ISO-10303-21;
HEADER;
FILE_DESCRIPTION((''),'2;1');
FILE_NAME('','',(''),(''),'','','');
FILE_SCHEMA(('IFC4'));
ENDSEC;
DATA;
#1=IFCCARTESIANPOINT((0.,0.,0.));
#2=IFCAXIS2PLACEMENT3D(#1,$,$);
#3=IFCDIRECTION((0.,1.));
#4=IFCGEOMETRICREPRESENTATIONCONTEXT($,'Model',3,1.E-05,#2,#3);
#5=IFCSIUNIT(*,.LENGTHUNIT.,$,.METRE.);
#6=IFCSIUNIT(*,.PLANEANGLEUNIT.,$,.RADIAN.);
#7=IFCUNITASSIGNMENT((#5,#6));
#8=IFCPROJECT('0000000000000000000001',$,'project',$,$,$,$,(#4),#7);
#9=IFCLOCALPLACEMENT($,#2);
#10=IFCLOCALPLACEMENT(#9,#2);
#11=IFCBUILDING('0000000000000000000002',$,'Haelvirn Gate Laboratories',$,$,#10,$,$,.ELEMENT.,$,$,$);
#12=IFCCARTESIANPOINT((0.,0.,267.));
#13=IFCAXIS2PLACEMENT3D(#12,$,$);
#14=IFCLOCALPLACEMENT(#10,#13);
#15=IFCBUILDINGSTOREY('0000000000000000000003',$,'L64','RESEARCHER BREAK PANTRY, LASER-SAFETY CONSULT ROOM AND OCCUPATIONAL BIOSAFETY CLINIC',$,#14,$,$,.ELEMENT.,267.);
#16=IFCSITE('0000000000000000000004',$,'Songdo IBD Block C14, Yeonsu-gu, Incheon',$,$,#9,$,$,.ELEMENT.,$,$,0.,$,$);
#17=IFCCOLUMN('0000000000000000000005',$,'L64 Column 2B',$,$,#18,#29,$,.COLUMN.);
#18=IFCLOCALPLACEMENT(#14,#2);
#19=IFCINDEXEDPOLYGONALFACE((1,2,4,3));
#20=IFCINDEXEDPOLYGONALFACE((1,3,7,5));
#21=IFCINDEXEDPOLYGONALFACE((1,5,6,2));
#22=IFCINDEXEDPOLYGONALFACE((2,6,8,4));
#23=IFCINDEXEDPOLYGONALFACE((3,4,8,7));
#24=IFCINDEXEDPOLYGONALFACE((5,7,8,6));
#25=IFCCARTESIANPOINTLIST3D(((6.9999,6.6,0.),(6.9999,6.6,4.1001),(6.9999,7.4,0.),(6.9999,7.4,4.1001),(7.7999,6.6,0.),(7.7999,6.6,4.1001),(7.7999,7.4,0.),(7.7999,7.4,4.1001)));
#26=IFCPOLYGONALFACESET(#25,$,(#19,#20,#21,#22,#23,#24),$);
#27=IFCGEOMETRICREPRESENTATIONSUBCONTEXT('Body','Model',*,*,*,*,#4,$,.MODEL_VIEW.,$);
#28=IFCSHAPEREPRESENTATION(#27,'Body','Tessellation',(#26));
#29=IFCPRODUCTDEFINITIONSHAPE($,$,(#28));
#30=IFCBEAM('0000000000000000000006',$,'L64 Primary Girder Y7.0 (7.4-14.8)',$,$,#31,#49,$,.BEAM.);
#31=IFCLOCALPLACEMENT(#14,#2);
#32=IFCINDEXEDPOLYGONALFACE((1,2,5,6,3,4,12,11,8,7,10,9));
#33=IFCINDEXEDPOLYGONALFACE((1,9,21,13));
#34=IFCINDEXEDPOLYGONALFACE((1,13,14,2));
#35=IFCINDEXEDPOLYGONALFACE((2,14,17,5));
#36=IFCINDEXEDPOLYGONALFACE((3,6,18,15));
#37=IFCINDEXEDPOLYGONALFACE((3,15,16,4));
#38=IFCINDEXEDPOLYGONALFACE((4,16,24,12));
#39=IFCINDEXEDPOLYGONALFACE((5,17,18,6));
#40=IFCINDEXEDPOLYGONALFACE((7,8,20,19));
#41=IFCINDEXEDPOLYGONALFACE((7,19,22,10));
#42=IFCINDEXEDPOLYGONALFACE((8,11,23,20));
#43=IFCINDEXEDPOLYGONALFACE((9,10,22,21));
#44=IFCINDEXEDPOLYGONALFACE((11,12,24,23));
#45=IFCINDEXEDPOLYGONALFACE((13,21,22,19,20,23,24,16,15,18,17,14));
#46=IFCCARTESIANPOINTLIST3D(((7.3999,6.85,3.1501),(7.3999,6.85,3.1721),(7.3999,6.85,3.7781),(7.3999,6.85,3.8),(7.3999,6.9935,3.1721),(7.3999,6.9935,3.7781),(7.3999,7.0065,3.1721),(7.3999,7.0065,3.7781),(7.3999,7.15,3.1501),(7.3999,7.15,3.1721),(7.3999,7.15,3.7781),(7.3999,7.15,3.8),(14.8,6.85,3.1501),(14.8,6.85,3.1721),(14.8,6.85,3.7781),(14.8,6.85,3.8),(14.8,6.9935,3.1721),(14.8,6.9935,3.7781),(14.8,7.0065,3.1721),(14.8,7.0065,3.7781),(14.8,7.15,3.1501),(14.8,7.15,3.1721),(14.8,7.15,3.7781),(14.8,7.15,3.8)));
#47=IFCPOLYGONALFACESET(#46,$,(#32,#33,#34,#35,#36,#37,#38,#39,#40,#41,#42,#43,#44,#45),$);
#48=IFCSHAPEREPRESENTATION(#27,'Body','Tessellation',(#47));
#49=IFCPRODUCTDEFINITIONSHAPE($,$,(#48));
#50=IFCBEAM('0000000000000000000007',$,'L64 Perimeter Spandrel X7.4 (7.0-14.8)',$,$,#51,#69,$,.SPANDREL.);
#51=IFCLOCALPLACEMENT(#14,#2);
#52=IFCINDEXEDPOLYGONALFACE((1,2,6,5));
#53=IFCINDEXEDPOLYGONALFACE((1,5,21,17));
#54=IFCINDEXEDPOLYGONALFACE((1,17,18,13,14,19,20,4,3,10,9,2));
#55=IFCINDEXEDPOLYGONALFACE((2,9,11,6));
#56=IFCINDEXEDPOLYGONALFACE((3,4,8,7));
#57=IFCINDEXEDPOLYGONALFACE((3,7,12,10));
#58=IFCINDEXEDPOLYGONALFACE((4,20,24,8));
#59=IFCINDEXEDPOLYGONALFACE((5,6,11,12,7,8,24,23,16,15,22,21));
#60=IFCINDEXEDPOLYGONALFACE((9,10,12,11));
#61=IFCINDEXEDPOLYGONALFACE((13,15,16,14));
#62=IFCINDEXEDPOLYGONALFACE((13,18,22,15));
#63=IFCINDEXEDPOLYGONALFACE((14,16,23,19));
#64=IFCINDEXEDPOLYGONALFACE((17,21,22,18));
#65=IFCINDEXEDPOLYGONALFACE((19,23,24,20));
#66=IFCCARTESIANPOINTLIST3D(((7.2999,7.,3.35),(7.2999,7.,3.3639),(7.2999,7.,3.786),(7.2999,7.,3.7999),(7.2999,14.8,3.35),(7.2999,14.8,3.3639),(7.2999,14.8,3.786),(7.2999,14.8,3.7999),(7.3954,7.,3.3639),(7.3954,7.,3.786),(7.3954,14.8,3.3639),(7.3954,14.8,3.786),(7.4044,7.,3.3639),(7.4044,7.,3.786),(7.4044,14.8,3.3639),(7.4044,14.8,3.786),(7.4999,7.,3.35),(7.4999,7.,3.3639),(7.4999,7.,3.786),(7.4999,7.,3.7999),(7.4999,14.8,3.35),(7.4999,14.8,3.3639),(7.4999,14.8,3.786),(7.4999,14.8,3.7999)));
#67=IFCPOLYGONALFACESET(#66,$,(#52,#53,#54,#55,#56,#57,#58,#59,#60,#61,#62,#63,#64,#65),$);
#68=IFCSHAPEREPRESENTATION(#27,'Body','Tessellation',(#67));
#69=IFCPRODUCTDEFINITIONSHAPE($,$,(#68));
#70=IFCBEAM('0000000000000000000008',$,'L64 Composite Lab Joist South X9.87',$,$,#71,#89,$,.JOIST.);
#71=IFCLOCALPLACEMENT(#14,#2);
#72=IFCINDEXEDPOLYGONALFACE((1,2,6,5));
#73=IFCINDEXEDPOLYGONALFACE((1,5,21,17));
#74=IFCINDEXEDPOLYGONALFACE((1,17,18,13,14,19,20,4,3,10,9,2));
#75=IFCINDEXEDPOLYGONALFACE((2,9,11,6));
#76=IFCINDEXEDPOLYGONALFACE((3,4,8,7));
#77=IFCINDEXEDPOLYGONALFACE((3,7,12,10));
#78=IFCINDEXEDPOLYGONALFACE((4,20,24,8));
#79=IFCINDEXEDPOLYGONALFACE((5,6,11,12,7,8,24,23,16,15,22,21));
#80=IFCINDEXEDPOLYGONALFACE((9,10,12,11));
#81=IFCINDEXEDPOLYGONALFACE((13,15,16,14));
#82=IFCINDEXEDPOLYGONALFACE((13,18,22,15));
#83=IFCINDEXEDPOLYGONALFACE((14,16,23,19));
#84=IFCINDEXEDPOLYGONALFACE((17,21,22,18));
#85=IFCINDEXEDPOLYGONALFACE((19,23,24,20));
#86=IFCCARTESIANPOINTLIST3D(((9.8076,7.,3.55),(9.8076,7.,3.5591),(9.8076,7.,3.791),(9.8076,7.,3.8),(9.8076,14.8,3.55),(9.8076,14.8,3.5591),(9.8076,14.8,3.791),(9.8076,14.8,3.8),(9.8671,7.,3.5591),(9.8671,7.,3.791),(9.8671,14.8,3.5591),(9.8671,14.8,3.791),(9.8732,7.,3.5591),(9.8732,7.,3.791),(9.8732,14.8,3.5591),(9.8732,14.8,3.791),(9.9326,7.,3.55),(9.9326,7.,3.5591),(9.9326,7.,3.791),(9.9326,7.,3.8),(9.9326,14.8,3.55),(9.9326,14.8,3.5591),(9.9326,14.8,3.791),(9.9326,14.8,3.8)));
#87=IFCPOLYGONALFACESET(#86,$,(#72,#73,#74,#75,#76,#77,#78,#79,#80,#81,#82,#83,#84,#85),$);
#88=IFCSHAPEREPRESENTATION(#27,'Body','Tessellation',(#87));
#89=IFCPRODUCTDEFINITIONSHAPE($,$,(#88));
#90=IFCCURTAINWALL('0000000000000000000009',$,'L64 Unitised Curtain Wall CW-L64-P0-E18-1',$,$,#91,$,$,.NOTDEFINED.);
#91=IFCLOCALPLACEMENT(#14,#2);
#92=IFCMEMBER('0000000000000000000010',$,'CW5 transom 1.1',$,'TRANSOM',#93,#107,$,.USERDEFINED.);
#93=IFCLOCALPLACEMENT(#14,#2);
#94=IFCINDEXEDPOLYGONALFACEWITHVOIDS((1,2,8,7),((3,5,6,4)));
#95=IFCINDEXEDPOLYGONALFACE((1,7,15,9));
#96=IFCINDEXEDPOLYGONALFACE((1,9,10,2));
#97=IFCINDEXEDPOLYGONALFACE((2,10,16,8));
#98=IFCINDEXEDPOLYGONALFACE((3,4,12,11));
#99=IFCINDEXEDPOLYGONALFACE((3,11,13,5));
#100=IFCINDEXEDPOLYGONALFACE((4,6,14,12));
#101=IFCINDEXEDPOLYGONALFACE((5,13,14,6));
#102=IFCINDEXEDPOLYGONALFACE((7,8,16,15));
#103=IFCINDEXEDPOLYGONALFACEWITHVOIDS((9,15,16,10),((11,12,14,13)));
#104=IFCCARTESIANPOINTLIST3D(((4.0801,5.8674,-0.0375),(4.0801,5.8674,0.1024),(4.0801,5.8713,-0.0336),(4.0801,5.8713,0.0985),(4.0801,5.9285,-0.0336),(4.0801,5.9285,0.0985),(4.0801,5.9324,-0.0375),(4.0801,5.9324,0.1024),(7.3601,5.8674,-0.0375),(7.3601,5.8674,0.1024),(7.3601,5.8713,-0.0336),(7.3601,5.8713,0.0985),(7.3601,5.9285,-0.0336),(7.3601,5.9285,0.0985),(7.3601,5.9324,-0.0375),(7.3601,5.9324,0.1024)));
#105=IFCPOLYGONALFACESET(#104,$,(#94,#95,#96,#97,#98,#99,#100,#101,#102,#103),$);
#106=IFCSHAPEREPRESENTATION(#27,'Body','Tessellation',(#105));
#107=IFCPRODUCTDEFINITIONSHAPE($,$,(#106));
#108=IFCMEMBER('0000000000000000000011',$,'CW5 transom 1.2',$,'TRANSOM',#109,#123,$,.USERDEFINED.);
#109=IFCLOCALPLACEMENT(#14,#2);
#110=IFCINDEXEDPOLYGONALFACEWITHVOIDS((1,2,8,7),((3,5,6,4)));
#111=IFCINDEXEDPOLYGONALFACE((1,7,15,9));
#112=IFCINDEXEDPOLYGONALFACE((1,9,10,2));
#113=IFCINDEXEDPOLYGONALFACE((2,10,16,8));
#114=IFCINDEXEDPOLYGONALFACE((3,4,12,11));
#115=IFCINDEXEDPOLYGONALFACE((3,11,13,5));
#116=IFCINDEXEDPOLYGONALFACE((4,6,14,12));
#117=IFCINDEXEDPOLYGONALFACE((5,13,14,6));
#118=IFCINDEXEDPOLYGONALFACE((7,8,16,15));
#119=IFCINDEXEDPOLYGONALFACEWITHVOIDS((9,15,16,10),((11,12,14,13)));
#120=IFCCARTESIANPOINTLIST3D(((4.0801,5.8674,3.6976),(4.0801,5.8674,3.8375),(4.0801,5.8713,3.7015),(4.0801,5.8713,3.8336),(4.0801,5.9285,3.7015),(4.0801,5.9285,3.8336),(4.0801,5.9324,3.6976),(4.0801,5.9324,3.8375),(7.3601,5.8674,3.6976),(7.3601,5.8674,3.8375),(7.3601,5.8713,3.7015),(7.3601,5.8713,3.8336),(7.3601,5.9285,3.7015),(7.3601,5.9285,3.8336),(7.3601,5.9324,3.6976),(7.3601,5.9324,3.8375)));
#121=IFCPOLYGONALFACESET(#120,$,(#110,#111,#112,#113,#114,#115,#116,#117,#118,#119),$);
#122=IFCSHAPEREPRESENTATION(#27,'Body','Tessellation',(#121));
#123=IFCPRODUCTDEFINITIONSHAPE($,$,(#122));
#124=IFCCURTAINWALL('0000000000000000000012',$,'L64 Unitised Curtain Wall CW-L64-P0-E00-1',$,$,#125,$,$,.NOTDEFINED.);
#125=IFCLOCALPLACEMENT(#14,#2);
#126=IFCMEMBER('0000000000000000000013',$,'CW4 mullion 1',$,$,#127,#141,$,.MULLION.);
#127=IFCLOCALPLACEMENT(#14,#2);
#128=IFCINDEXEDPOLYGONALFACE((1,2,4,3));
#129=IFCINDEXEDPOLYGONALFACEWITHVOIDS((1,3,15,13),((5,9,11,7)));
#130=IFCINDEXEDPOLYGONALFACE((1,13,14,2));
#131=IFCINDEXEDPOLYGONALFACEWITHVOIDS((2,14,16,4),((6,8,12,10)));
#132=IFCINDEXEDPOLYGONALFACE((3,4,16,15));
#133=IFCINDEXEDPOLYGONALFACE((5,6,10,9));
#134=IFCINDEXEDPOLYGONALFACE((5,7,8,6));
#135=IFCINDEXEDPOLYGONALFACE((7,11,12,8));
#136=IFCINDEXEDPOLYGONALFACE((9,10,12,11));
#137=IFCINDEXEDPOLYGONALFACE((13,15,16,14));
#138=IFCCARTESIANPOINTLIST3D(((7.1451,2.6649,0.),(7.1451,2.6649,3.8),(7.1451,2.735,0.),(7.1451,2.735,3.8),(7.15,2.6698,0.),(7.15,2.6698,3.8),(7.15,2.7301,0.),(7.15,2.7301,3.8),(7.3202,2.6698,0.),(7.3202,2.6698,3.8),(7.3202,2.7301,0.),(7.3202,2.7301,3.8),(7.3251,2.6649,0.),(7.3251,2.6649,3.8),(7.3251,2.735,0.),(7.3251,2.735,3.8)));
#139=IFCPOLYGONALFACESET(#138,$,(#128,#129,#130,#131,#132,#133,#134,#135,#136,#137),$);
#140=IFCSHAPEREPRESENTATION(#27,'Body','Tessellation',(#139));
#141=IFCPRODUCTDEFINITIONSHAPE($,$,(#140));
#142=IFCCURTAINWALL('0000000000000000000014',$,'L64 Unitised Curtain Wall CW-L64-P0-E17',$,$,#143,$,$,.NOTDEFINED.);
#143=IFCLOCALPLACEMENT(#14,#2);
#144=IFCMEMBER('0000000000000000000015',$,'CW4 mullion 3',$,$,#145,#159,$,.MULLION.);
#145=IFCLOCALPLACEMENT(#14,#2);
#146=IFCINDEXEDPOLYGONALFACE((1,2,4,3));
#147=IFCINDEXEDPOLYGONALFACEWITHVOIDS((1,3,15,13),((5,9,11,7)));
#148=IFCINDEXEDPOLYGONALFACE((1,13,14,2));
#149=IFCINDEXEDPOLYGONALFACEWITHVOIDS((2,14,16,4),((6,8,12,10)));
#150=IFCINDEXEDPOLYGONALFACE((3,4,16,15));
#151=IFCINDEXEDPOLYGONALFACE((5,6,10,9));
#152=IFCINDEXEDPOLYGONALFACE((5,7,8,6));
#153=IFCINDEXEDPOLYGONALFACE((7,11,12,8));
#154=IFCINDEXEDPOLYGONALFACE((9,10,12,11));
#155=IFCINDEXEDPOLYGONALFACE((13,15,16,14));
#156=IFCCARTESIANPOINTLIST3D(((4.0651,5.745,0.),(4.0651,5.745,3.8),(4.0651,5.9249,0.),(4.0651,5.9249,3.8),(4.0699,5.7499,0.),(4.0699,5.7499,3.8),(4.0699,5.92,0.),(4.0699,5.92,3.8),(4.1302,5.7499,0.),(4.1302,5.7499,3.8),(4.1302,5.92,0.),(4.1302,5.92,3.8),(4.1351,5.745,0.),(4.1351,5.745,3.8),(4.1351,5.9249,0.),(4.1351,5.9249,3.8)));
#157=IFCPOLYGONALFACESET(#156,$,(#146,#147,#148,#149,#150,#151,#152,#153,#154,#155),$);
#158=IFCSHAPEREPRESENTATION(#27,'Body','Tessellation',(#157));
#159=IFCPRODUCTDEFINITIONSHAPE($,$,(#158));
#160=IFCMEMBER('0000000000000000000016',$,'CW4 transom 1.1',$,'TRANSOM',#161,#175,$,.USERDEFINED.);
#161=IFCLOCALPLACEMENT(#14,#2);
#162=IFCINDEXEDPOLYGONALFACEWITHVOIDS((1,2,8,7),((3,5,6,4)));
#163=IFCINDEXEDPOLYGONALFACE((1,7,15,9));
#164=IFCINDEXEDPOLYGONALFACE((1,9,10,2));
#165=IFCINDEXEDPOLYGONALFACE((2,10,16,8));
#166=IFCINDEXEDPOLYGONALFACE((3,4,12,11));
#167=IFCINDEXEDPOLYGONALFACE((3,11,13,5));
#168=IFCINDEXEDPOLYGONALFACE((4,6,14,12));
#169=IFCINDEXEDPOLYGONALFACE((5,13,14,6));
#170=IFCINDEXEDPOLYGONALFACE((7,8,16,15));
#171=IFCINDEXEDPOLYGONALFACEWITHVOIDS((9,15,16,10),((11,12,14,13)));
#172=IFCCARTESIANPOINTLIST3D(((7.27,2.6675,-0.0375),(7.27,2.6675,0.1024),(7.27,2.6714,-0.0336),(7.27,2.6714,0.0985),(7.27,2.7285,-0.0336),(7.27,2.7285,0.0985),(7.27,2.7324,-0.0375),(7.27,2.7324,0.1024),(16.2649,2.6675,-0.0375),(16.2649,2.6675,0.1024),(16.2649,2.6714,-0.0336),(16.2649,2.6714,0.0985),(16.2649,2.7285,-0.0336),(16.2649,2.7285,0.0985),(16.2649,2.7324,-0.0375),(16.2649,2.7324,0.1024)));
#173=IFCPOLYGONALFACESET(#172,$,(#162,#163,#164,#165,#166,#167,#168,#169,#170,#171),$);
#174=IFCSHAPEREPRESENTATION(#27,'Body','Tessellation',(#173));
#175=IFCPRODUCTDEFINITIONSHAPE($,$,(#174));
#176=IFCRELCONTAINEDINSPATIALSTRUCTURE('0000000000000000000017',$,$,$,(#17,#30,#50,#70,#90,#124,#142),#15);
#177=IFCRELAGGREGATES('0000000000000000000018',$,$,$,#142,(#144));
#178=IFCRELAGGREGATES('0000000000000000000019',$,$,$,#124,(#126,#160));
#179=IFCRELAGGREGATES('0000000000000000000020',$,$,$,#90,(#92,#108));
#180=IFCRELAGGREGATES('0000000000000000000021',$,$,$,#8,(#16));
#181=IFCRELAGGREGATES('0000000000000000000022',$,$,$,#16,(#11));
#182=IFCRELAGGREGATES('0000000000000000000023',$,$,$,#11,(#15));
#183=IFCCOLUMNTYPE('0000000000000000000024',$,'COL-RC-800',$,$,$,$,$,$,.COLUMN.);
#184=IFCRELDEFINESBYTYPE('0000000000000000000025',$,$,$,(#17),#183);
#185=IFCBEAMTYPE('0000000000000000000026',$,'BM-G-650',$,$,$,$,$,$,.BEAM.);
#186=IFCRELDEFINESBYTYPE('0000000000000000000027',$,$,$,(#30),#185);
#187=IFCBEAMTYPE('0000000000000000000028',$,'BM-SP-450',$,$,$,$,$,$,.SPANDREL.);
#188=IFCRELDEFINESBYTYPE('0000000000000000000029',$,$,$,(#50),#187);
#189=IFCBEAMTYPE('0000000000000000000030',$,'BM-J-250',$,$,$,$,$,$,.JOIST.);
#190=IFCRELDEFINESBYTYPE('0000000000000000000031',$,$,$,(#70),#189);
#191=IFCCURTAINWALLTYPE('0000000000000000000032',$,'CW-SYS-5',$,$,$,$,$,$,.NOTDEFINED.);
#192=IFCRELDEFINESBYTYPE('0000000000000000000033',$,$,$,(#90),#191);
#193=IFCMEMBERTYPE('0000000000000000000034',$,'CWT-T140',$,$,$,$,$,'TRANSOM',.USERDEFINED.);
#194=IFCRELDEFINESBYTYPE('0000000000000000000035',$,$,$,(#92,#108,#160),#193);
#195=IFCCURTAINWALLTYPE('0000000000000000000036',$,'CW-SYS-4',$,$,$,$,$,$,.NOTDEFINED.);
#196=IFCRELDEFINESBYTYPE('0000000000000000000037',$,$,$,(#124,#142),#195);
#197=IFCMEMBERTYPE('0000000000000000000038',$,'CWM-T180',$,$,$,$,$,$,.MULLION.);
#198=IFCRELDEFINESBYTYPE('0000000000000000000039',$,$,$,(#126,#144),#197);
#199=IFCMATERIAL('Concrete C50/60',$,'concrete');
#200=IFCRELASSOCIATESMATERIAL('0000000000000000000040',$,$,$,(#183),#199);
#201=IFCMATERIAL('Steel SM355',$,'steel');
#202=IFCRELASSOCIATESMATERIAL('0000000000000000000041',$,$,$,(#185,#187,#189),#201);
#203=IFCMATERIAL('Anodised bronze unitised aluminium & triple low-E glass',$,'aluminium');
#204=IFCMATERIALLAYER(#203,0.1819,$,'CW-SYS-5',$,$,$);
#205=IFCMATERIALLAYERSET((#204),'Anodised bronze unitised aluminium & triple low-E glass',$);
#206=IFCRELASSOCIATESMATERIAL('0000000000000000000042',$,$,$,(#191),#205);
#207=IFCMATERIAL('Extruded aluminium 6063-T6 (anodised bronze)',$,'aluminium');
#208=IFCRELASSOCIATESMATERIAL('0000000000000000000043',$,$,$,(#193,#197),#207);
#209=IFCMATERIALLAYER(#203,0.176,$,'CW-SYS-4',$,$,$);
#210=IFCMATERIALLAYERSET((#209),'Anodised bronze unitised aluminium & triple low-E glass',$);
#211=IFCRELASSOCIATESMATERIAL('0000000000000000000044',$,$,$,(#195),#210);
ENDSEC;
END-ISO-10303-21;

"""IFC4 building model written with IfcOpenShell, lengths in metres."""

from ifc_helpers import new_model, si_unit, direction, frame, origin, origin_2d, place, context, subcontext, project, spatial, rectangle, hollow_rectangle, i_section, extrude, source, transform, mapped, material, layer, layer_set, material_profile, profile_set, type_object, type_shapes, element, aggregate, save


model = new_model("IFC4")

# Units and contexts
model_context = context("Model", 3, precision=1e-05, world=origin(), true_north=direction((0.0, 1.0)))
body_context = subcontext(model_context, "Body", "Model", "MODEL_VIEW")
ifc_project = project(units=[si_unit("LENGTHUNIT", "METRE"), si_unit("PLANEANGLEUNIT", "RADIAN")], contexts=[model_context])

# Site, building, storey
site_placement = place(None, origin())
site = spatial("IfcSite", under=ifc_project, at=site_placement, Name="Songdo IBD Block C14, Yeonsu-gu, Incheon", CompositionType="ELEMENT", RefElevation=0.0)
building_placement = place(site_placement, origin())
building = spatial("IfcBuilding", under=site, at=building_placement, Name="Haelvirn Gate Laboratories", CompositionType="ELEMENT")
storey_placement = place(building_placement, frame((0.0, 0.0, 267.0)))
storey = spatial("IfcBuildingStorey", under=building, at=storey_placement, Name="L64", Description="RESEARCHER BREAK PANTRY, LASER-SAFETY CONSULT ROOM AND OCCUPATIONAL BIOSAFETY CLINIC", CompositionType="ELEMENT", Elevation=267.0)

# Column
ifc_material_1 = material(Name="Concrete C50/60", Category="concrete")
ifc_material_profile_1 = material_profile(ifc_material_1, rectangle(XDim=0.8, YDim=0.8, at=origin_2d()), Name="RC-800x800")
ifc_profile_set_1 = profile_set([ifc_material_profile_1], Name="Concrete C50/60")
column_type = type_object("IfcColumnType", Name="COL-RC-800", PredefinedType="COLUMN", material=ifc_profile_set_1)
shared_shape_1 = source(origin(), body_context, "Body", "SweptSolid", [
    extrude(rectangle(XDim=0.8, YDim=0.8, at=origin_2d()), origin(), (0.0, 0.0, 1.0), 4.1001),
])
type_shapes(column_type, [shared_shape_1])
column_placement = place(storey_placement, frame((7.3999, 7.0, 0.0), z_axis=(0.0, 0.0, 1.0), x_axis=(1.0, 0.0, 0.0)))
element("IfcColumn", 1, at=column_placement, inside=storey, type_object=column_type, Name="L64 Column 2B", PredefinedType="COLUMN", context=body_context, shape_type="MappedRepresentation", body=[
    mapped(shared_shape_1, transform((0.0, 0.0, 0.0), scale=1.0)),
])

# Beams
ifc_material_2 = material(Name="Steel SM355", Category="steel")
ifc_material_profile_2 = material_profile(ifc_material_2, i_section(OverallWidth=0.3, OverallDepth=0.6499, WebThickness=0.0129, FlangeThickness=0.022, at=origin_2d()), Name="H-650x300x13x22")
ifc_profile_set_2 = profile_set([ifc_material_profile_2], Name="Steel SM355")
beam_type_1 = type_object("IfcBeamType", Name="BM-G-650", PredefinedType="BEAM", material=ifc_profile_set_2)
shared_shape_2 = source(origin(), body_context, "Body", "SweptSolid", [
    extrude(i_section(OverallWidth=0.3, OverallDepth=0.6499, WebThickness=0.0129, FlangeThickness=0.022, at=origin_2d()), origin(), (0.0, 0.0, 1.0), 7.4001),
])
type_shapes(beam_type_1, [shared_shape_2])
beam_1_placement = place(storey_placement, frame((7.3999, 7.0, 3.4751), z_axis=(1.0, 0.0, 0.0), x_axis=(0.0, 1.0, 0.0)))
element("IfcBeam", 2, at=beam_1_placement, inside=storey, type_object=beam_type_1, Name="L64 Primary Girder Y7.0 (7.4-14.8)", PredefinedType="BEAM", context=body_context, shape_type="MappedRepresentation", body=[
    mapped(shared_shape_2, transform((0.0, 0.0, 0.0), scale=1.0)),
])
ifc_material_profile_3 = material_profile(ifc_material_2, i_section(OverallWidth=0.2, OverallDepth=0.45, WebThickness=0.009, FlangeThickness=0.0139, at=origin_2d()), Name="H-450x200x9x14")
ifc_profile_set_3 = profile_set([ifc_material_profile_3], Name="Steel SM355")
beam_type_2 = type_object("IfcBeamType", Name="BM-SP-450", PredefinedType="SPANDREL", material=ifc_profile_set_3)
shared_shape_3 = source(origin(), body_context, "Body", "SweptSolid", [
    extrude(i_section(OverallWidth=0.2, OverallDepth=0.45, WebThickness=0.009, FlangeThickness=0.0139, at=origin_2d()), origin(), (0.0, 0.0, 1.0), 7.8),
])
type_shapes(beam_type_2, [shared_shape_3])
beam_2_placement = place(storey_placement, frame((7.3999, 7.0, 3.575), z_axis=(0.0, 1.0, 0.0), x_axis=(-1.0, 0.0, 0.0)))
element("IfcBeam", 3, at=beam_2_placement, inside=storey, type_object=beam_type_2, Name="L64 Perimeter Spandrel X7.4 (7.0-14.8)", PredefinedType="SPANDREL", context=body_context, shape_type="MappedRepresentation", body=[
    mapped(shared_shape_3, transform((0.0, 0.0, 0.0), scale=1.0)),
])
ifc_material_profile_4 = material_profile(ifc_material_2, i_section(OverallWidth=0.125, OverallDepth=0.25, WebThickness=0.0061, FlangeThickness=0.009, at=origin_2d()), Name="H-250x125x6x9")
ifc_profile_set_4 = profile_set([ifc_material_profile_4], Name="Steel SM355")
beam_type_3 = type_object("IfcBeamType", Name="BM-J-250", PredefinedType="JOIST", material=ifc_profile_set_4)
shared_shape_4 = source(origin(), body_context, "Body", "SweptSolid", [
    extrude(i_section(OverallWidth=0.125, OverallDepth=0.25, WebThickness=0.0061, FlangeThickness=0.009, at=origin_2d()), origin(), (0.0, 0.0, 1.0), 7.8),
])
type_shapes(beam_type_3, [shared_shape_4])
beam_3_placement = place(storey_placement, frame((9.8701, 7.0, 3.675), z_axis=(0.0, 1.0, 0.0), x_axis=(-1.0, 0.0, 0.0)))
element("IfcBeam", 4, at=beam_3_placement, inside=storey, type_object=beam_type_3, Name="L64 Composite Lab Joist South X9.87", PredefinedType="JOIST", context=body_context, shape_type="MappedRepresentation", body=[
    mapped(shared_shape_4, transform((0.0, 0.0, 0.0), scale=1.0)),
])

# Curtain wall, members
ifc_material_3 = material(Name="Anodised bronze unitised aluminium & triple low-E glass", Category="aluminium")
ifc_layer_1 = layer(ifc_material_3, 0.1819, Name="CW-SYS-5")
ifc_layer_set_1 = layer_set([ifc_layer_1], Name="Anodised bronze unitised aluminium & triple low-E glass")
curtain_wall_type_1 = type_object("IfcCurtainWallType", Name="CW-SYS-5", PredefinedType="NOTDEFINED", material=ifc_layer_set_1)
curtain_wall_1_placement = place(storey_placement, origin())
curtain_wall_1 = element("IfcCurtainWall", 5, at=curtain_wall_1_placement, inside=storey, type_object=curtain_wall_type_1, Name="L64 Unitised Curtain Wall CW-L64-P0-E18-1", PredefinedType="NOTDEFINED")
ifc_material_4 = material(Name="Extruded aluminium 6063-T6 (anodised bronze)", Category="aluminium")
ifc_material_profile_5 = material_profile(ifc_material_4, hollow_rectangle(XDim=0.0649, YDim=0.1399, WallThickness=0.0039, at=origin_2d()), Name="CWT-140x65x4")
ifc_profile_set_5 = profile_set([ifc_material_profile_5], Name="Extruded aluminium 6063-T6 (anodised bronze)")
member_type_1 = type_object("IfcMemberType", Name="CWT-T140", ElementType="TRANSOM", PredefinedType="USERDEFINED", material=ifc_profile_set_5)
shared_shape_5 = source(origin(), body_context, "Body", "SweptSolid", [
    extrude(hollow_rectangle(XDim=0.0649, YDim=0.1399, WallThickness=0.0039, at=origin_2d()), origin(), (0.0, 0.0, 1.0), 3.28),
])
member_1_placement = place(storey_placement, frame((4.0801, 5.8999, 0.0325), z_axis=(1.0, 0.0, 0.0), x_axis=(0.0, 1.0, 0.0)))
member_1 = element("IfcMember", 6, at=member_1_placement, type_object=member_type_1, Name="CW5 transom 1.1", ObjectType="TRANSOM", PredefinedType="USERDEFINED", context=body_context, shape_type="MappedRepresentation", body=[
    mapped(shared_shape_5, transform((0.0, 0.0, 0.0), scale=1.0)),
])
member_2_placement = place(storey_placement, frame((4.0801, 5.8999, 3.7676), z_axis=(1.0, 0.0, 0.0), x_axis=(0.0, 1.0, 0.0)))
member_2 = element("IfcMember", 7, at=member_2_placement, type_object=member_type_1, Name="CW5 transom 1.2", ObjectType="TRANSOM", PredefinedType="USERDEFINED", context=body_context, shape_type="MappedRepresentation", body=[
    mapped(shared_shape_5, transform((0.0, 0.0, 0.0), scale=1.0)),
])

# Curtain walls, members
ifc_layer_2 = layer(ifc_material_3, 0.176, Name="CW-SYS-4")
ifc_layer_set_2 = layer_set([ifc_layer_2], Name="Anodised bronze unitised aluminium & triple low-E glass")
curtain_wall_type_2 = type_object("IfcCurtainWallType", Name="CW-SYS-4", PredefinedType="NOTDEFINED", material=ifc_layer_set_2)
curtain_wall_2_placement = place(storey_placement, origin())
curtain_wall_2 = element("IfcCurtainWall", 8, at=curtain_wall_2_placement, inside=storey, type_object=curtain_wall_type_2, Name="L64 Unitised Curtain Wall CW-L64-P0-E00-1", PredefinedType="NOTDEFINED")
ifc_material_profile_6 = material_profile(ifc_material_4, hollow_rectangle(XDim=0.0701, YDim=0.1799, WallThickness=0.0049, at=origin_2d()), Name="CWM-180x70x5")
ifc_profile_set_6 = profile_set([ifc_material_profile_6], Name="Extruded aluminium 6063-T6 (anodised bronze)")
member_type_2 = type_object("IfcMemberType", Name="CWM-T180", PredefinedType="MULLION", material=ifc_profile_set_6)
shared_shape_6 = source(origin(), body_context, "Body", "SweptSolid", [
    extrude(hollow_rectangle(XDim=0.0701, YDim=0.1799, WallThickness=0.0049, at=origin_2d()), origin(), (0.0, 0.0, 1.0), 3.8),
])
type_shapes(member_type_2, [shared_shape_6])
member_3_placement = place(storey_placement, frame((7.2351, 2.7, 0.0), z_axis=(0.0, 0.0, 1.0), x_axis=(0.0, 1.0, 0.0)))
member_3 = element("IfcMember", 9, at=member_3_placement, type_object=member_type_2, Name="CW4 mullion 1", PredefinedType="MULLION", context=body_context, shape_type="MappedRepresentation", body=[
    mapped(shared_shape_6, transform((0.0, 0.0, 0.0), scale=1.0)),
])
curtain_wall_3_placement = place(storey_placement, origin())
curtain_wall_3 = element("IfcCurtainWall", 10, at=curtain_wall_3_placement, inside=storey, type_object=curtain_wall_type_2, Name="L64 Unitised Curtain Wall CW-L64-P0-E17", PredefinedType="NOTDEFINED")
member_4_placement = place(storey_placement, frame((4.1001, 5.835, 0.0), z_axis=(0.0, 0.0, 1.0), x_axis=(1.0, 0.0, 0.0)))
member_4 = element("IfcMember", 11, at=member_4_placement, type_object=member_type_2, Name="CW4 mullion 3", PredefinedType="MULLION", context=body_context, shape_type="MappedRepresentation", body=[
    mapped(shared_shape_6, transform((0.0, 0.0, 0.0), scale=1.0)),
])
aggregate(curtain_wall_3, [member_4])

# Member
shared_shape_7 = source(origin(), body_context, "Body", "SweptSolid", [
    extrude(hollow_rectangle(XDim=0.0649, YDim=0.1399, WallThickness=0.0039, at=origin_2d()), origin(), (0.0, 0.0, 1.0), 8.9949),
])
type_shapes(member_type_1, [shared_shape_5, shared_shape_7])
member_5_placement = place(storey_placement, frame((7.27, 2.7, 0.0325), z_axis=(1.0, 0.0, 0.0), x_axis=(0.0, 1.0, 0.0)))
member_5 = element("IfcMember", 12, at=member_5_placement, type_object=member_type_1, Name="CW4 transom 1.1", ObjectType="TRANSOM", PredefinedType="USERDEFINED", context=body_context, shape_type="MappedRepresentation", body=[
    mapped(shared_shape_7, transform((0.0, 0.0, 0.0), scale=1.0)),
])

aggregate(curtain_wall_2, [member_3, member_5])
aggregate(curtain_wall_1, [member_1, member_2])

save(model, "model.ifc")
